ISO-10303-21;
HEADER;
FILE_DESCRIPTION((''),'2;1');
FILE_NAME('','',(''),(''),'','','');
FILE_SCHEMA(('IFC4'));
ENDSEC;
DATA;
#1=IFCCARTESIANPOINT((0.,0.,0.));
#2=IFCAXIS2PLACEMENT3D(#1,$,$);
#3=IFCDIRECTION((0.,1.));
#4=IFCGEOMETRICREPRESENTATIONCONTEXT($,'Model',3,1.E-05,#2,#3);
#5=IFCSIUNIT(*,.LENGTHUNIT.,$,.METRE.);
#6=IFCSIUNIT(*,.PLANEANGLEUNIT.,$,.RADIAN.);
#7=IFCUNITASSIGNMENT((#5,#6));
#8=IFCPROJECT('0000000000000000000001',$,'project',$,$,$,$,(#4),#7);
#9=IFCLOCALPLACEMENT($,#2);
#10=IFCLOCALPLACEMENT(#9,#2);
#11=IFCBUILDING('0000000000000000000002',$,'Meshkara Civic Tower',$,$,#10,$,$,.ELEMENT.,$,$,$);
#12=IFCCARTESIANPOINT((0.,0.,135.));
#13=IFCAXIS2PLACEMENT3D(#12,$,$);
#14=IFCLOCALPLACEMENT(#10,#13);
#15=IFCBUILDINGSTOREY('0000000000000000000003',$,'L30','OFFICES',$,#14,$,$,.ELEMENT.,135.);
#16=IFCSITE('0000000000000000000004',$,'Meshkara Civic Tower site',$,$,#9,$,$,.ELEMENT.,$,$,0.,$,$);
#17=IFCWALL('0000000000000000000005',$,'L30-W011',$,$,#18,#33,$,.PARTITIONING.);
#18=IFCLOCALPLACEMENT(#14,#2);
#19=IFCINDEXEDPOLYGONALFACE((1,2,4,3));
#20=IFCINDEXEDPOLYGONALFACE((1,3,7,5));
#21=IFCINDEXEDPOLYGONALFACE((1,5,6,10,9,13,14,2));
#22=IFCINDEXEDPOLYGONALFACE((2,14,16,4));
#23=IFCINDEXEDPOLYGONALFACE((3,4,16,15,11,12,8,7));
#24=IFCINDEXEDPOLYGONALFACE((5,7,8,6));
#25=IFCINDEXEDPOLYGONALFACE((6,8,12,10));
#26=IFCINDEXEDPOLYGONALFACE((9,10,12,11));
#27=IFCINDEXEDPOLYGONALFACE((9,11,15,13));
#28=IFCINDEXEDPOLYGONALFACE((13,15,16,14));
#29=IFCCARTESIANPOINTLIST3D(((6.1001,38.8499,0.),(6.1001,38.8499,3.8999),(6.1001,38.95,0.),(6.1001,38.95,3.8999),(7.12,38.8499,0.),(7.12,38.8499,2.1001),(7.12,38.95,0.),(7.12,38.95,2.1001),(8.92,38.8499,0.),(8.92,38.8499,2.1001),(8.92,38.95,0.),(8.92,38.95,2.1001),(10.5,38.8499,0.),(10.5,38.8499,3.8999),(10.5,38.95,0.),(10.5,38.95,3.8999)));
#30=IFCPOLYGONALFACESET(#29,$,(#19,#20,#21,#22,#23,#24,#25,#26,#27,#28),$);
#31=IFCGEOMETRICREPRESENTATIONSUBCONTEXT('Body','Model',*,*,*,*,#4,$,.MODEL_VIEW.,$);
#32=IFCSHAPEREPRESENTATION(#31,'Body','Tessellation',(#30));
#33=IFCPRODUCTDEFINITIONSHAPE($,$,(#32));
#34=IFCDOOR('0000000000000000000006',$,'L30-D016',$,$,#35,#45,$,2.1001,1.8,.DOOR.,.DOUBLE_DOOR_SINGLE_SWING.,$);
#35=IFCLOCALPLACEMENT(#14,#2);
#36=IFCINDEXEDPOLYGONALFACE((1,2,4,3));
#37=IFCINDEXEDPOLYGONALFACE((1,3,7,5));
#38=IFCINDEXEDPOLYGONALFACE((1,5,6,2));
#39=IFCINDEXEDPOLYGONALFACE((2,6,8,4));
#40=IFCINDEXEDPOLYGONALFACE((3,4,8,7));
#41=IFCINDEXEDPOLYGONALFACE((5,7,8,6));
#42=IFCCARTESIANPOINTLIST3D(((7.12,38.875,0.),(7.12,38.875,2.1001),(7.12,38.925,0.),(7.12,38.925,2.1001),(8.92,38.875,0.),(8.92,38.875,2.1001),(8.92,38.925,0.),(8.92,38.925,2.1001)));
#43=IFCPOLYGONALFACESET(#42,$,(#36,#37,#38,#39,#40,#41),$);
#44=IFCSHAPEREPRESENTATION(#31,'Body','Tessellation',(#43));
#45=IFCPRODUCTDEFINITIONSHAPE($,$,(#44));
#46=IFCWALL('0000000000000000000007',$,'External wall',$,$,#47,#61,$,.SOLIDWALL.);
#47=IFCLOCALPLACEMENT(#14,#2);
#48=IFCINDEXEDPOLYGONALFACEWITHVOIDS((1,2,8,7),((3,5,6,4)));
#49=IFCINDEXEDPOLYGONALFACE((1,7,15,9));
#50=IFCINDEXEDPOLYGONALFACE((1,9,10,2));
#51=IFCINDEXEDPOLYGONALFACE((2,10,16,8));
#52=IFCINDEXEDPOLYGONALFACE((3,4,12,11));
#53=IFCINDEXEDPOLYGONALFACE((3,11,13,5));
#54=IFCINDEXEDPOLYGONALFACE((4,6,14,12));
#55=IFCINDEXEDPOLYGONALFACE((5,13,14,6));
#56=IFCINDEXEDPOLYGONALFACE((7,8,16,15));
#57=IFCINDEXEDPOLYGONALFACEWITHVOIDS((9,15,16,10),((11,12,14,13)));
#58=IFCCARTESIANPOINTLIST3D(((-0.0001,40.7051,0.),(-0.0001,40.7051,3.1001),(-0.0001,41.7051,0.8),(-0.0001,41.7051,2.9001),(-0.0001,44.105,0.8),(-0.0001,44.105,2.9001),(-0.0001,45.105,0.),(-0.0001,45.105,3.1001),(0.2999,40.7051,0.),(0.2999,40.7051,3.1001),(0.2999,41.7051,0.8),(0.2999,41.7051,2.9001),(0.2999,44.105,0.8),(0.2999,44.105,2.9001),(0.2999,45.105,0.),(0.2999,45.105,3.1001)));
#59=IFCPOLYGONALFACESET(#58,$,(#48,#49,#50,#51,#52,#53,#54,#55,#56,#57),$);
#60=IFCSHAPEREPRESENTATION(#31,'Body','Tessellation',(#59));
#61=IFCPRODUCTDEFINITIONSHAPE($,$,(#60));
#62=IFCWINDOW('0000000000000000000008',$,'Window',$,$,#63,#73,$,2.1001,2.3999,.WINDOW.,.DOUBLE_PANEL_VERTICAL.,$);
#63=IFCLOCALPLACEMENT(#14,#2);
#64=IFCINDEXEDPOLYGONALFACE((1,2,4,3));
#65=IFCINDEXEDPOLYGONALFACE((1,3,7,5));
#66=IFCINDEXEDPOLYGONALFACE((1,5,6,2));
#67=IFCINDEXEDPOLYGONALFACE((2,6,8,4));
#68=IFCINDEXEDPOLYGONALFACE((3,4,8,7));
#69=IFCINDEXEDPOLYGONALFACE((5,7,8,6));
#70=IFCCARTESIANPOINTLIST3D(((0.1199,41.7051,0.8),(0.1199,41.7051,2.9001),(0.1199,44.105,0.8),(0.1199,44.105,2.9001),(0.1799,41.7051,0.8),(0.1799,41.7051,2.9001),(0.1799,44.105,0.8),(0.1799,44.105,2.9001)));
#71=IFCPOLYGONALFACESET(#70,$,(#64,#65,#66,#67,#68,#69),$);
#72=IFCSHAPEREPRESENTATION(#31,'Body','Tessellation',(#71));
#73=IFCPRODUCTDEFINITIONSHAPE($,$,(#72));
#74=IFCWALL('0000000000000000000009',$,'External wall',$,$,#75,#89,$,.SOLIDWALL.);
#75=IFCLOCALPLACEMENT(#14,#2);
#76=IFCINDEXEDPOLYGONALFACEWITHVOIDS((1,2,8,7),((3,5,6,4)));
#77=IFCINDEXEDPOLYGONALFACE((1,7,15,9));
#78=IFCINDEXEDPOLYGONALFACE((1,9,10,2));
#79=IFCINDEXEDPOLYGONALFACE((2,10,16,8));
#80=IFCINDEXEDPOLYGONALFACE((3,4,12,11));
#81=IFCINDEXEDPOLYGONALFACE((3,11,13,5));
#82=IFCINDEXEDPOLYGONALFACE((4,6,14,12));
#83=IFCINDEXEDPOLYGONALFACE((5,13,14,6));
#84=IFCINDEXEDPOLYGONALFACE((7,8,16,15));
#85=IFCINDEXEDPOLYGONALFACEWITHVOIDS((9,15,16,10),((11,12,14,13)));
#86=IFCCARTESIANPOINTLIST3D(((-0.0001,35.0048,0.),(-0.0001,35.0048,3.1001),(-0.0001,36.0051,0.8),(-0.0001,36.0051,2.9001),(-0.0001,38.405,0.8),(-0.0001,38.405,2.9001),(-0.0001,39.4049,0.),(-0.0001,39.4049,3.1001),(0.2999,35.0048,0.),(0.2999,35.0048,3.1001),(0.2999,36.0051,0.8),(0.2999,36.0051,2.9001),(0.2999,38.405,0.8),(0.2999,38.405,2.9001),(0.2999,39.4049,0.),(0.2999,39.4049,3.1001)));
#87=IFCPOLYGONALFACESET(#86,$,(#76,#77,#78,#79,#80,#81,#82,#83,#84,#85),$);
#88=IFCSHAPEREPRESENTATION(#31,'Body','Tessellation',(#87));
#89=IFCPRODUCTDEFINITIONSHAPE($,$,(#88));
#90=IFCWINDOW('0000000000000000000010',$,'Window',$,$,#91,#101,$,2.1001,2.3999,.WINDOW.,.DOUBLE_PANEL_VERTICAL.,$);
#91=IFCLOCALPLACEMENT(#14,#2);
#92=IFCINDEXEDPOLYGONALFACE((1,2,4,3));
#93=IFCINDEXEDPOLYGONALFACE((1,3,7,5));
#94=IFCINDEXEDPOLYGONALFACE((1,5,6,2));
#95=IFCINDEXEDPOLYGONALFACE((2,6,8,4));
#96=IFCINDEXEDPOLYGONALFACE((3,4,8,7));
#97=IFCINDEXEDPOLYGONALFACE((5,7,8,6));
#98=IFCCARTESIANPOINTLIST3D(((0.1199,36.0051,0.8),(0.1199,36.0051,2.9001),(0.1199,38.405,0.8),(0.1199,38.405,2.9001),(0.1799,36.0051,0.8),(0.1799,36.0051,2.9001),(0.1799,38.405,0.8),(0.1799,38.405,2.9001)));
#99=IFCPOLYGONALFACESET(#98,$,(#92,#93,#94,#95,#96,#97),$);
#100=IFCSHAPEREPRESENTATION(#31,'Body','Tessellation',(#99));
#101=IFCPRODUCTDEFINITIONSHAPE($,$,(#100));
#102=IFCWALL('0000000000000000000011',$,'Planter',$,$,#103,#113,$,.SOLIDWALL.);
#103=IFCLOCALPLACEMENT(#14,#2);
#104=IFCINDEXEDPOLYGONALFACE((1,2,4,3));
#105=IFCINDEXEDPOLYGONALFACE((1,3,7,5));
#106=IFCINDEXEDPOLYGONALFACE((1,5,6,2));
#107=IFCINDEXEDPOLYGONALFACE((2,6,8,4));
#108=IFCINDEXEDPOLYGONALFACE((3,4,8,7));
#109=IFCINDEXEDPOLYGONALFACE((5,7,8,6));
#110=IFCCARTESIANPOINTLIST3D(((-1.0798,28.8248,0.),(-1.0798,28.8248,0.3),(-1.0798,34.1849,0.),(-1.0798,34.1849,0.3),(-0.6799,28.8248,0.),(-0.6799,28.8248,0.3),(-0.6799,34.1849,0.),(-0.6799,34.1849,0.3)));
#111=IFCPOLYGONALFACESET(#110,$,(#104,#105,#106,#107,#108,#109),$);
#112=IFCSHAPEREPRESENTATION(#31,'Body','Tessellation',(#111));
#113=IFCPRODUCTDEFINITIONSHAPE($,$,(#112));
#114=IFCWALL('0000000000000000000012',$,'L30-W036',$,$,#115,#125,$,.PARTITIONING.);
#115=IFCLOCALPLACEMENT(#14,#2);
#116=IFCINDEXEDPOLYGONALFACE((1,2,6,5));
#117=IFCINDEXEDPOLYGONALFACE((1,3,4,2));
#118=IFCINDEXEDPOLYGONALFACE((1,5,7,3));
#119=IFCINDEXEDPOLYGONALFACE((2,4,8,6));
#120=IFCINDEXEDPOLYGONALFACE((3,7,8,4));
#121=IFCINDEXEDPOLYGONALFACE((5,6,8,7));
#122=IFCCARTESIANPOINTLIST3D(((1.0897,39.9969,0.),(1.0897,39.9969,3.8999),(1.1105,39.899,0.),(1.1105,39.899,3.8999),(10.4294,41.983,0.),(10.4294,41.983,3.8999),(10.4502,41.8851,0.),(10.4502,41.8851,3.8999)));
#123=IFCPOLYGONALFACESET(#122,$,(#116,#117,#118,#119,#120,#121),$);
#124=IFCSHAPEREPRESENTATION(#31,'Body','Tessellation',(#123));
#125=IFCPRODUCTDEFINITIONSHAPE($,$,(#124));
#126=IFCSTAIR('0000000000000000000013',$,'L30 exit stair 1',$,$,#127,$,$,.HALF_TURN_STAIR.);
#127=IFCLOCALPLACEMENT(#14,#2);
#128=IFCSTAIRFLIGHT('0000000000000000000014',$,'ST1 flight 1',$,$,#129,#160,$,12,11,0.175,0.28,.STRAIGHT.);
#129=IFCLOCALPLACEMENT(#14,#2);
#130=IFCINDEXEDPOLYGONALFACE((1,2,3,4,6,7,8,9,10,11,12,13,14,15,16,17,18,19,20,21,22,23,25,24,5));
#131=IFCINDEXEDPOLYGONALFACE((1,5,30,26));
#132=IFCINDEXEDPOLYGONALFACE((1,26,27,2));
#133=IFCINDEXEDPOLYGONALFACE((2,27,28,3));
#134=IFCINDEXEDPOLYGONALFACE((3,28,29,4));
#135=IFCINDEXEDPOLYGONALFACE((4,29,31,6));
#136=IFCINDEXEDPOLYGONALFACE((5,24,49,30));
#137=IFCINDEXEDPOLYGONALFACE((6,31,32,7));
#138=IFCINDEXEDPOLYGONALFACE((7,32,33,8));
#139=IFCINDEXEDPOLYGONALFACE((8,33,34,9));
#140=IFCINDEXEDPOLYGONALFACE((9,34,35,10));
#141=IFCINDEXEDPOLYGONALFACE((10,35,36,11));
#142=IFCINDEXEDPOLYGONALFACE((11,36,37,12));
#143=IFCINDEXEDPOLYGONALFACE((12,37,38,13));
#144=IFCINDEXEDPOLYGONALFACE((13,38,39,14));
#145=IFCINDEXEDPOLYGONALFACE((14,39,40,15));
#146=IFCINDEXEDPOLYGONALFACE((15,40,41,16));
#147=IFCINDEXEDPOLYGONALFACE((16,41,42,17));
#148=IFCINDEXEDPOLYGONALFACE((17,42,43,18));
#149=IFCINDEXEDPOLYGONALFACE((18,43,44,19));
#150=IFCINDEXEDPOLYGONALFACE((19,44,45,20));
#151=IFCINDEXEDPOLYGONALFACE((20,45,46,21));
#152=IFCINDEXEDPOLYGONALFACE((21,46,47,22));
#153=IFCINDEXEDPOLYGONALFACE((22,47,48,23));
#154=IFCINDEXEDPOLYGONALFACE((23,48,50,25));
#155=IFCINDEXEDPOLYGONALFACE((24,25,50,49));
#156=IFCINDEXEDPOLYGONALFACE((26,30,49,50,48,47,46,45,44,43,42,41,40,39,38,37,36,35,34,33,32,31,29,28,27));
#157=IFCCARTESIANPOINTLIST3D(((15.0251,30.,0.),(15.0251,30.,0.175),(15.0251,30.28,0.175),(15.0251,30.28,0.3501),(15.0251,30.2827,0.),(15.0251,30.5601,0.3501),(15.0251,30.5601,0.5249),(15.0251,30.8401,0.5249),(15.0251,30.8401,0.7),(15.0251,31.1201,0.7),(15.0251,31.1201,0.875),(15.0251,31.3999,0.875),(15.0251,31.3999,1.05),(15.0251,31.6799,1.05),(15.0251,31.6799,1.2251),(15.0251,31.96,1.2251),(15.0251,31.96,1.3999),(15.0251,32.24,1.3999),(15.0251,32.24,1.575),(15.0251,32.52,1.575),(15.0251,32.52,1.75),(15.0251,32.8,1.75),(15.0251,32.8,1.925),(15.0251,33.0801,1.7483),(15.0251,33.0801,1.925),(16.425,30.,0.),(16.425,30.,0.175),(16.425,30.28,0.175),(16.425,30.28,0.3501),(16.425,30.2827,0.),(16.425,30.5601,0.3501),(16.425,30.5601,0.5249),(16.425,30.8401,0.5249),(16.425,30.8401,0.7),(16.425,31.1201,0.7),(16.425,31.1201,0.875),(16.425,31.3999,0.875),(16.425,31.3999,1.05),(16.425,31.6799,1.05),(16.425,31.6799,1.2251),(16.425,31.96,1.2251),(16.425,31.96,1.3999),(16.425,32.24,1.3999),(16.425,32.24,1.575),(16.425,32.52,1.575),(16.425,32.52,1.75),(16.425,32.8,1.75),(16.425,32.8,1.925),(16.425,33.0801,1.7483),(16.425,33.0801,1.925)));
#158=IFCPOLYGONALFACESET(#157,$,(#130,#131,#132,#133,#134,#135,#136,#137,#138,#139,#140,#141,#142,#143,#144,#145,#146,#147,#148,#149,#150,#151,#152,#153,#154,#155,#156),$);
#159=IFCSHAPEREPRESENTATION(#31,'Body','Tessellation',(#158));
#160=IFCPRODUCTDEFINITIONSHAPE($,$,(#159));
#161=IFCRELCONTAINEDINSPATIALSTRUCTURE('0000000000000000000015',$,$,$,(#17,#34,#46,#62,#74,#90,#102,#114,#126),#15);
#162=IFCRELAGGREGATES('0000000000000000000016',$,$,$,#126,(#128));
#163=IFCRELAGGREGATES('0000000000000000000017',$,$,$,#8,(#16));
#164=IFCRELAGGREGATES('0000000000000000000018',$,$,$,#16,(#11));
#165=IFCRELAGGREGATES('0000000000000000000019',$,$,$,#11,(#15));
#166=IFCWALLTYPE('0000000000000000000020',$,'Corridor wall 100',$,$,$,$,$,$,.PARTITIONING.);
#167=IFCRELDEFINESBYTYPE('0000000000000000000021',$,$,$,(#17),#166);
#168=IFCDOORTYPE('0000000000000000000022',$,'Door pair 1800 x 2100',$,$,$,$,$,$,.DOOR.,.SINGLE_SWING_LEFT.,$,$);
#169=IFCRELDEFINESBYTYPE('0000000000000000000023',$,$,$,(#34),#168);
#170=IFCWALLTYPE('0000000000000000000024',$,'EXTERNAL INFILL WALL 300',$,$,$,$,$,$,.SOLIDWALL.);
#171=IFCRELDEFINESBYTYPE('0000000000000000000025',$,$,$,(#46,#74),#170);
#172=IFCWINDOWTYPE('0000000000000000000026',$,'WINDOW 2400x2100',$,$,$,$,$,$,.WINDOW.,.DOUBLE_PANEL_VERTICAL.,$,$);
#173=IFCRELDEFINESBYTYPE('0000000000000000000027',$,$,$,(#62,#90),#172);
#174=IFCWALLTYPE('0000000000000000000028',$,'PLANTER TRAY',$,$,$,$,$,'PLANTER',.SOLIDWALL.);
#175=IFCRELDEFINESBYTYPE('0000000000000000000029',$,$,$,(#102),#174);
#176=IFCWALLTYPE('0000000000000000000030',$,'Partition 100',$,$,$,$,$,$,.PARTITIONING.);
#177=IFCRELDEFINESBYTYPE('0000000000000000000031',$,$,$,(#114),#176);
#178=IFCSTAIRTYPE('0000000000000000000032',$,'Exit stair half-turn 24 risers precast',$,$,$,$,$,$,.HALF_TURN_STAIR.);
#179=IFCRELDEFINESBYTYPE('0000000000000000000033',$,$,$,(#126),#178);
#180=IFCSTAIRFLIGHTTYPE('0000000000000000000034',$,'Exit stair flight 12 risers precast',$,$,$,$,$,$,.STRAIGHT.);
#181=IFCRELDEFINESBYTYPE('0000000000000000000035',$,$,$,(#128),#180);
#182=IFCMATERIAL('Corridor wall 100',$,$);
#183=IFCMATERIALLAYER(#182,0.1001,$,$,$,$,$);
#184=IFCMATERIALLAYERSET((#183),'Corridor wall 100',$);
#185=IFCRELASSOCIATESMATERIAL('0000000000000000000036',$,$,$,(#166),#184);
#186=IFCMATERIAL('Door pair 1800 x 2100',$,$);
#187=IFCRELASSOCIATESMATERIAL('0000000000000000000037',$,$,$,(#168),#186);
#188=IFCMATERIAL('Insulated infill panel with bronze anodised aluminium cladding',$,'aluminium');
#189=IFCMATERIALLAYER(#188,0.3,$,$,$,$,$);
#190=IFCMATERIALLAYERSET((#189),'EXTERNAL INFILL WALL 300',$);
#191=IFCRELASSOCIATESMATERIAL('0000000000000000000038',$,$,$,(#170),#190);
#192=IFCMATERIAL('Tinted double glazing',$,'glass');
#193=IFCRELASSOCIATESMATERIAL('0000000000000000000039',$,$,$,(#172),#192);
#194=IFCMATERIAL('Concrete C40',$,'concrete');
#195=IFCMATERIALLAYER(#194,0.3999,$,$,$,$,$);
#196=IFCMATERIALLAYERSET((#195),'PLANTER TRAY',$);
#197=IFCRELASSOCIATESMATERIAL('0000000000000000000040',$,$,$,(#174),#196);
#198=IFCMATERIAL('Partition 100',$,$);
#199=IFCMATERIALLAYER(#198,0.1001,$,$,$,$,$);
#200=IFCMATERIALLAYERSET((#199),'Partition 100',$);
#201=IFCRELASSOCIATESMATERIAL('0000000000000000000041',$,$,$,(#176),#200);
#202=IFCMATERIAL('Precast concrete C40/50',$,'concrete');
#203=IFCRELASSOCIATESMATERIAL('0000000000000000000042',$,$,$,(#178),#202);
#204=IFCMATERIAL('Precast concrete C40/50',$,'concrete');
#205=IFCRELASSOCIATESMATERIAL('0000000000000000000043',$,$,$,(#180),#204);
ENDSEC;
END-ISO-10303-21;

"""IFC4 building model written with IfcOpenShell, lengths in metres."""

from ifc_helpers import new_model, si_unit, direction, frame, frame_2d, origin, place, context, subcontext, project, spatial, polyline, rectangle, outline, extrude, material, layer, layer_set, type_object, element, fill, aggregate, save


model = new_model("IFC4")

# Units and contexts
model_context = context("Model", 3, precision=1e-05, world=origin(), true_north=direction((0.0, 1.0)))
body_context = subcontext(model_context, "Body", "Model", "MODEL_VIEW")
ifc_project = project(units=[si_unit("LENGTHUNIT", "METRE"), si_unit("PLANEANGLEUNIT", "RADIAN")], contexts=[model_context])

# Site, building, storey
site_placement = place(None, origin())
site = spatial("IfcSite", under=ifc_project, at=site_placement, Name="Meshkara Civic Tower site", CompositionType="ELEMENT", RefElevation=0.0)
building_placement = place(site_placement, origin())
building = spatial("IfcBuilding", under=site, at=building_placement, Name="Meshkara Civic Tower", CompositionType="ELEMENT")
storey_placement = place(building_placement, frame((0.0, 0.0, 135.0)))
storey = spatial("IfcBuildingStorey", under=building, at=storey_placement, Name="L30", Description="OFFICES", CompositionType="ELEMENT", Elevation=135.0)

# Wall, opening, door
ifc_material_1 = material(Name="Corridor wall 100")
ifc_layer_1 = layer(ifc_material_1, 0.1001)
ifc_layer_set_1 = layer_set([ifc_layer_1], Name="Corridor wall 100")
wall_type_1 = type_object("IfcWallType", Name="Corridor wall 100", PredefinedType="PARTITIONING", material=ifc_layer_set_1)
wall_1_placement = place(storey_placement, frame((10.5, 38.8999, 0.0), z_axis=(0.0, 0.0, 1.0), x_axis=(-1.0, 0.0, 0.0)))
wall_1 = element("IfcWall", 1, at=wall_1_placement, inside=storey, type_object=wall_type_1, Name="L30-W011", PredefinedType="PARTITIONING", context=body_context, shape_type="SweptSolid", body=[
    extrude(rectangle(XDim=4.3999, YDim=0.1001, at=frame_2d((2.2, 0.0))), origin(), (0.0, 0.0, 1.0), 3.8999),
])
opening_1_placement = place(wall_1_placement, frame((1.5801, 0.0, 0.0)))
opening_1 = element("IfcOpeningElement", 2, at=opening_1_placement, cuts=wall_1, PredefinedType="OPENING", context=body_context, shape_type="SweptSolid", body=[
    extrude(rectangle(XDim=1.8, YDim=2.1001, at=frame_2d((0.8999, 1.05))), frame((0.0, 0.0601, 0.0), z_axis=(0.0, -1.0, 0.0), x_axis=(1.0, 0.0, 0.0)), (0.0, 0.0, 1.0), 0.1201),
])
ifc_material_2 = material(Name="Door pair 1800 x 2100")
door_type_1 = type_object("IfcDoorType", Name="Door pair 1800 x 2100", OperationType="SINGLE_SWING_LEFT", PredefinedType="DOOR", material=ifc_material_2)
door_1_placement = place(opening_1_placement, origin())
door_1 = element("IfcDoor", 3, at=door_1_placement, inside=storey, type_object=door_type_1, Name="L30-D016", OperationType="DOUBLE_DOOR_SINGLE_SWING", OverallHeight=2.1001, OverallWidth=1.8, PredefinedType="DOOR", context=body_context, shape_type="SweptSolid", body=[
    extrude(rectangle(XDim=1.8, YDim=2.1001, at=frame_2d((0.8999, 1.05))), frame((0.0, 0.0249, 0.0), z_axis=(0.0, -1.0, 0.0), x_axis=(1.0, 0.0, 0.0)), (0.0, 0.0, 1.0), 0.05),
])
fill(opening_1, door_1)

# Walls, openings, windows
ifc_material_3 = material(Name="Insulated infill panel with bronze anodised aluminium cladding", Category="aluminium")
ifc_layer_2 = layer(ifc_material_3, 0.3)
ifc_layer_set_2 = layer_set([ifc_layer_2], Name="EXTERNAL INFILL WALL 300")
wall_type_2 = type_object("IfcWallType", Name="EXTERNAL INFILL WALL 300", PredefinedType="SOLIDWALL", material=ifc_layer_set_2)
wall_2_placement = place(storey_placement, frame((0.1499, 45.105, 0.0), z_axis=(0.0, 0.0, 1.0), x_axis=(0.0, -1.0, 0.0)))
wall_2 = element("IfcWall", 4, at=wall_2_placement, inside=storey, type_object=wall_type_2, Name="External wall", PredefinedType="SOLIDWALL", context=body_context, shape_type="SweptSolid", body=[
    extrude(rectangle(XDim=4.3999, YDim=0.3, at=frame_2d((2.2, 0.0))), origin(), (0.0, 0.0, 1.0), 3.1001),
])
opening_2_placement = place(wall_2_placement, frame((1.0, 0.0, 0.8)))
opening_2 = element("IfcOpeningElement", 5, at=opening_2_placement, cuts=wall_2, PredefinedType="OPENING", context=body_context, shape_type="SweptSolid", body=[
    extrude(rectangle(XDim=2.3999, YDim=2.1001, at=frame_2d((1.2, 1.05))), frame((0.0, 0.1599, 0.0), z_axis=(0.0, -1.0, 0.0), x_axis=(1.0, 0.0, 0.0)), (0.0, 0.0, 1.0), 0.3201),
])
ifc_material_4 = material(Name="Tinted double glazing", Category="glass")
window_type = type_object("IfcWindowType", Name="WINDOW 2400x2100", PartitioningType="DOUBLE_PANEL_VERTICAL", PredefinedType="WINDOW", material=ifc_material_4)
window_1_placement = place(opening_2_placement, origin())
window_1 = element("IfcWindow", 6, at=window_1_placement, inside=storey, type_object=window_type, Name="Window", OverallHeight=2.1001, OverallWidth=2.3999, PartitioningType="DOUBLE_PANEL_VERTICAL", PredefinedType="WINDOW", context=body_context, shape_type="SweptSolid", body=[
    extrude(rectangle(XDim=2.3999, YDim=2.1001, at=frame_2d((1.2, 1.05))), frame((0.0, 0.03, 0.0), z_axis=(0.0, -1.0, 0.0), x_axis=(1.0, 0.0, 0.0)), (0.0, 0.0, 1.0), 0.0601),
])
fill(opening_2, window_1)
wall_3_placement = place(storey_placement, frame((0.1499, 39.405, 0.0), z_axis=(0.0, 0.0, 1.0), x_axis=(0.0, -1.0, 0.0)))
wall_3 = element("IfcWall", 7, at=wall_3_placement, inside=storey, type_object=wall_type_2, Name="External wall", PredefinedType="SOLIDWALL", context=body_context, shape_type="SweptSolid", body=[
    extrude(rectangle(XDim=4.4001, YDim=0.3, at=frame_2d((2.2002, 0.0))), origin(), (0.0, 0.0, 1.0), 3.1001),
])
opening_3_placement = place(wall_3_placement, frame((1.0, 0.0, 0.8)))
opening_3 = element("IfcOpeningElement", 8, at=opening_3_placement, cuts=wall_3, PredefinedType="OPENING", context=body_context, shape_type="SweptSolid", body=[
    extrude(rectangle(XDim=2.3999, YDim=2.1001, at=frame_2d((1.2, 1.05))), frame((0.0, 0.1599, 0.0), z_axis=(0.0, -1.0, 0.0), x_axis=(1.0, 0.0, 0.0)), (0.0, 0.0, 1.0), 0.3201),
])
window_2_placement = place(opening_3_placement, origin())
window_2 = element("IfcWindow", 9, at=window_2_placement, inside=storey, type_object=window_type, Name="Window", OverallHeight=2.1001, OverallWidth=2.3999, PartitioningType="DOUBLE_PANEL_VERTICAL", PredefinedType="WINDOW", context=body_context, shape_type="SweptSolid", body=[
    extrude(rectangle(XDim=2.3999, YDim=2.1001, at=frame_2d((1.2, 1.05))), frame((0.0, 0.03, 0.0), z_axis=(0.0, -1.0, 0.0), x_axis=(1.0, 0.0, 0.0)), (0.0, 0.0, 1.0), 0.0601),
])
fill(opening_3, window_2)

# Walls
ifc_material_5 = material(Name="Concrete C40", Category="concrete")
ifc_layer_3 = layer(ifc_material_5, 0.3999)
ifc_layer_set_3 = layer_set([ifc_layer_3], Name="PLANTER TRAY")
wall_type_3 = type_object("IfcWallType", Name="PLANTER TRAY", ElementType="PLANTER", PredefinedType="SOLIDWALL", material=ifc_layer_set_3)
wall_4_placement = place(storey_placement, frame((-0.8799, 34.1851, 0.0), z_axis=(0.0, 0.0, 1.0), x_axis=(0.0, -1.0, 0.0)))
element("IfcWall", 10, at=wall_4_placement, inside=storey, type_object=wall_type_3, Name="Planter", PredefinedType="SOLIDWALL", context=body_context, shape_type="SweptSolid", body=[
    extrude(rectangle(XDim=5.3601, YDim=0.3999, at=frame_2d((2.6802, 0.0))), origin(), (0.0, 0.0, 1.0), 0.3),
])
ifc_material_6 = material(Name="Partition 100")
ifc_layer_4 = layer(ifc_material_6, 0.1001)
ifc_layer_set_4 = layer_set([ifc_layer_4], Name="Partition 100")
wall_type_4 = type_object("IfcWallType", Name="Partition 100", PredefinedType="PARTITIONING", material=ifc_layer_set_4)
wall_5_placement = place(storey_placement, frame((10.4399, 41.9341, 0.0), z_axis=(0.0, 0.0, 1.0), x_axis=(-0.97813, -0.207996, 0.0)))
element("IfcWall", 11, at=wall_5_placement, inside=storey, type_object=wall_type_4, Name="L30-W036", PredefinedType="PARTITIONING", context=body_context, shape_type="SweptSolid", body=[
    extrude(rectangle(XDim=9.5486, YDim=0.1001, at=frame_2d((4.7744, 0.0))), origin(), (0.0, 0.0, 1.0), 3.8999),
])

# Stair, stair flight
ifc_material_7 = material(Name="Precast concrete C40/50", Category="concrete")
stair_type = type_object("IfcStairType", Name="Exit stair half-turn 24 risers precast", PredefinedType="HALF_TURN_STAIR", material=ifc_material_7)
stair_placement = place(storey_placement, origin())
stair = element("IfcStair", 12, at=stair_placement, inside=storey, type_object=stair_type, Name="L30 exit stair 1", PredefinedType="HALF_TURN_STAIR")
ifc_material_8 = material(Name="Precast concrete C40/50", Category="concrete")
stair_flight_type = type_object("IfcStairFlightType", Name="Exit stair flight 12 risers precast", PredefinedType="STRAIGHT", material=ifc_material_8)
stair_flight_1_placement = place(storey_placement, frame((15.7251, 30.0, 0.0), z_axis=(0.0, 0.0, 1.0), x_axis=(0.0, 1.0, 0.0)))
stair_flight_1 = element("IfcStairFlight", 13, at=stair_flight_1_placement, type_object=stair_flight_type, Name="ST1 flight 1", NumberOfRisers=12, NumberOfTreads=11, PredefinedType="STRAIGHT", RiserHeight=0.175, TreadLength=0.28, context=body_context, shape_type="SweptSolid", body=[
    extrude(outline(polyline([(0.0, 0.0), (0.0, 0.175), (0.28, 0.175), (0.28, 0.3501), (0.5601, 0.3501), (0.5601, 0.5249), (0.8401, 0.5249), (0.8401, 0.7), (1.1201, 0.7), (1.1201, 0.875), (1.3999, 0.875), (1.3999, 1.05), (1.6799, 1.05), (1.6799, 1.2251), (1.96, 1.2251), (1.96, 1.3999), (2.24, 1.3999), (2.24, 1.575), (2.52, 1.575), (2.52, 1.75), (2.8, 1.75), (2.8, 1.925), (3.0801, 1.925), (3.0801, 2.1001), (3.0801, 1.7483), (0.2827, 0.0), (0.0, 0.0)])), frame((0.0, 0.7, 0.0), z_axis=(0.0, -1.0, 0.0), x_axis=(1.0, 0.0, 0.0)), (0.0, 0.0, 1.0), 1.3999),
])
aggregate(stair, [stair_flight_1])

save(model, "model.ifc")
